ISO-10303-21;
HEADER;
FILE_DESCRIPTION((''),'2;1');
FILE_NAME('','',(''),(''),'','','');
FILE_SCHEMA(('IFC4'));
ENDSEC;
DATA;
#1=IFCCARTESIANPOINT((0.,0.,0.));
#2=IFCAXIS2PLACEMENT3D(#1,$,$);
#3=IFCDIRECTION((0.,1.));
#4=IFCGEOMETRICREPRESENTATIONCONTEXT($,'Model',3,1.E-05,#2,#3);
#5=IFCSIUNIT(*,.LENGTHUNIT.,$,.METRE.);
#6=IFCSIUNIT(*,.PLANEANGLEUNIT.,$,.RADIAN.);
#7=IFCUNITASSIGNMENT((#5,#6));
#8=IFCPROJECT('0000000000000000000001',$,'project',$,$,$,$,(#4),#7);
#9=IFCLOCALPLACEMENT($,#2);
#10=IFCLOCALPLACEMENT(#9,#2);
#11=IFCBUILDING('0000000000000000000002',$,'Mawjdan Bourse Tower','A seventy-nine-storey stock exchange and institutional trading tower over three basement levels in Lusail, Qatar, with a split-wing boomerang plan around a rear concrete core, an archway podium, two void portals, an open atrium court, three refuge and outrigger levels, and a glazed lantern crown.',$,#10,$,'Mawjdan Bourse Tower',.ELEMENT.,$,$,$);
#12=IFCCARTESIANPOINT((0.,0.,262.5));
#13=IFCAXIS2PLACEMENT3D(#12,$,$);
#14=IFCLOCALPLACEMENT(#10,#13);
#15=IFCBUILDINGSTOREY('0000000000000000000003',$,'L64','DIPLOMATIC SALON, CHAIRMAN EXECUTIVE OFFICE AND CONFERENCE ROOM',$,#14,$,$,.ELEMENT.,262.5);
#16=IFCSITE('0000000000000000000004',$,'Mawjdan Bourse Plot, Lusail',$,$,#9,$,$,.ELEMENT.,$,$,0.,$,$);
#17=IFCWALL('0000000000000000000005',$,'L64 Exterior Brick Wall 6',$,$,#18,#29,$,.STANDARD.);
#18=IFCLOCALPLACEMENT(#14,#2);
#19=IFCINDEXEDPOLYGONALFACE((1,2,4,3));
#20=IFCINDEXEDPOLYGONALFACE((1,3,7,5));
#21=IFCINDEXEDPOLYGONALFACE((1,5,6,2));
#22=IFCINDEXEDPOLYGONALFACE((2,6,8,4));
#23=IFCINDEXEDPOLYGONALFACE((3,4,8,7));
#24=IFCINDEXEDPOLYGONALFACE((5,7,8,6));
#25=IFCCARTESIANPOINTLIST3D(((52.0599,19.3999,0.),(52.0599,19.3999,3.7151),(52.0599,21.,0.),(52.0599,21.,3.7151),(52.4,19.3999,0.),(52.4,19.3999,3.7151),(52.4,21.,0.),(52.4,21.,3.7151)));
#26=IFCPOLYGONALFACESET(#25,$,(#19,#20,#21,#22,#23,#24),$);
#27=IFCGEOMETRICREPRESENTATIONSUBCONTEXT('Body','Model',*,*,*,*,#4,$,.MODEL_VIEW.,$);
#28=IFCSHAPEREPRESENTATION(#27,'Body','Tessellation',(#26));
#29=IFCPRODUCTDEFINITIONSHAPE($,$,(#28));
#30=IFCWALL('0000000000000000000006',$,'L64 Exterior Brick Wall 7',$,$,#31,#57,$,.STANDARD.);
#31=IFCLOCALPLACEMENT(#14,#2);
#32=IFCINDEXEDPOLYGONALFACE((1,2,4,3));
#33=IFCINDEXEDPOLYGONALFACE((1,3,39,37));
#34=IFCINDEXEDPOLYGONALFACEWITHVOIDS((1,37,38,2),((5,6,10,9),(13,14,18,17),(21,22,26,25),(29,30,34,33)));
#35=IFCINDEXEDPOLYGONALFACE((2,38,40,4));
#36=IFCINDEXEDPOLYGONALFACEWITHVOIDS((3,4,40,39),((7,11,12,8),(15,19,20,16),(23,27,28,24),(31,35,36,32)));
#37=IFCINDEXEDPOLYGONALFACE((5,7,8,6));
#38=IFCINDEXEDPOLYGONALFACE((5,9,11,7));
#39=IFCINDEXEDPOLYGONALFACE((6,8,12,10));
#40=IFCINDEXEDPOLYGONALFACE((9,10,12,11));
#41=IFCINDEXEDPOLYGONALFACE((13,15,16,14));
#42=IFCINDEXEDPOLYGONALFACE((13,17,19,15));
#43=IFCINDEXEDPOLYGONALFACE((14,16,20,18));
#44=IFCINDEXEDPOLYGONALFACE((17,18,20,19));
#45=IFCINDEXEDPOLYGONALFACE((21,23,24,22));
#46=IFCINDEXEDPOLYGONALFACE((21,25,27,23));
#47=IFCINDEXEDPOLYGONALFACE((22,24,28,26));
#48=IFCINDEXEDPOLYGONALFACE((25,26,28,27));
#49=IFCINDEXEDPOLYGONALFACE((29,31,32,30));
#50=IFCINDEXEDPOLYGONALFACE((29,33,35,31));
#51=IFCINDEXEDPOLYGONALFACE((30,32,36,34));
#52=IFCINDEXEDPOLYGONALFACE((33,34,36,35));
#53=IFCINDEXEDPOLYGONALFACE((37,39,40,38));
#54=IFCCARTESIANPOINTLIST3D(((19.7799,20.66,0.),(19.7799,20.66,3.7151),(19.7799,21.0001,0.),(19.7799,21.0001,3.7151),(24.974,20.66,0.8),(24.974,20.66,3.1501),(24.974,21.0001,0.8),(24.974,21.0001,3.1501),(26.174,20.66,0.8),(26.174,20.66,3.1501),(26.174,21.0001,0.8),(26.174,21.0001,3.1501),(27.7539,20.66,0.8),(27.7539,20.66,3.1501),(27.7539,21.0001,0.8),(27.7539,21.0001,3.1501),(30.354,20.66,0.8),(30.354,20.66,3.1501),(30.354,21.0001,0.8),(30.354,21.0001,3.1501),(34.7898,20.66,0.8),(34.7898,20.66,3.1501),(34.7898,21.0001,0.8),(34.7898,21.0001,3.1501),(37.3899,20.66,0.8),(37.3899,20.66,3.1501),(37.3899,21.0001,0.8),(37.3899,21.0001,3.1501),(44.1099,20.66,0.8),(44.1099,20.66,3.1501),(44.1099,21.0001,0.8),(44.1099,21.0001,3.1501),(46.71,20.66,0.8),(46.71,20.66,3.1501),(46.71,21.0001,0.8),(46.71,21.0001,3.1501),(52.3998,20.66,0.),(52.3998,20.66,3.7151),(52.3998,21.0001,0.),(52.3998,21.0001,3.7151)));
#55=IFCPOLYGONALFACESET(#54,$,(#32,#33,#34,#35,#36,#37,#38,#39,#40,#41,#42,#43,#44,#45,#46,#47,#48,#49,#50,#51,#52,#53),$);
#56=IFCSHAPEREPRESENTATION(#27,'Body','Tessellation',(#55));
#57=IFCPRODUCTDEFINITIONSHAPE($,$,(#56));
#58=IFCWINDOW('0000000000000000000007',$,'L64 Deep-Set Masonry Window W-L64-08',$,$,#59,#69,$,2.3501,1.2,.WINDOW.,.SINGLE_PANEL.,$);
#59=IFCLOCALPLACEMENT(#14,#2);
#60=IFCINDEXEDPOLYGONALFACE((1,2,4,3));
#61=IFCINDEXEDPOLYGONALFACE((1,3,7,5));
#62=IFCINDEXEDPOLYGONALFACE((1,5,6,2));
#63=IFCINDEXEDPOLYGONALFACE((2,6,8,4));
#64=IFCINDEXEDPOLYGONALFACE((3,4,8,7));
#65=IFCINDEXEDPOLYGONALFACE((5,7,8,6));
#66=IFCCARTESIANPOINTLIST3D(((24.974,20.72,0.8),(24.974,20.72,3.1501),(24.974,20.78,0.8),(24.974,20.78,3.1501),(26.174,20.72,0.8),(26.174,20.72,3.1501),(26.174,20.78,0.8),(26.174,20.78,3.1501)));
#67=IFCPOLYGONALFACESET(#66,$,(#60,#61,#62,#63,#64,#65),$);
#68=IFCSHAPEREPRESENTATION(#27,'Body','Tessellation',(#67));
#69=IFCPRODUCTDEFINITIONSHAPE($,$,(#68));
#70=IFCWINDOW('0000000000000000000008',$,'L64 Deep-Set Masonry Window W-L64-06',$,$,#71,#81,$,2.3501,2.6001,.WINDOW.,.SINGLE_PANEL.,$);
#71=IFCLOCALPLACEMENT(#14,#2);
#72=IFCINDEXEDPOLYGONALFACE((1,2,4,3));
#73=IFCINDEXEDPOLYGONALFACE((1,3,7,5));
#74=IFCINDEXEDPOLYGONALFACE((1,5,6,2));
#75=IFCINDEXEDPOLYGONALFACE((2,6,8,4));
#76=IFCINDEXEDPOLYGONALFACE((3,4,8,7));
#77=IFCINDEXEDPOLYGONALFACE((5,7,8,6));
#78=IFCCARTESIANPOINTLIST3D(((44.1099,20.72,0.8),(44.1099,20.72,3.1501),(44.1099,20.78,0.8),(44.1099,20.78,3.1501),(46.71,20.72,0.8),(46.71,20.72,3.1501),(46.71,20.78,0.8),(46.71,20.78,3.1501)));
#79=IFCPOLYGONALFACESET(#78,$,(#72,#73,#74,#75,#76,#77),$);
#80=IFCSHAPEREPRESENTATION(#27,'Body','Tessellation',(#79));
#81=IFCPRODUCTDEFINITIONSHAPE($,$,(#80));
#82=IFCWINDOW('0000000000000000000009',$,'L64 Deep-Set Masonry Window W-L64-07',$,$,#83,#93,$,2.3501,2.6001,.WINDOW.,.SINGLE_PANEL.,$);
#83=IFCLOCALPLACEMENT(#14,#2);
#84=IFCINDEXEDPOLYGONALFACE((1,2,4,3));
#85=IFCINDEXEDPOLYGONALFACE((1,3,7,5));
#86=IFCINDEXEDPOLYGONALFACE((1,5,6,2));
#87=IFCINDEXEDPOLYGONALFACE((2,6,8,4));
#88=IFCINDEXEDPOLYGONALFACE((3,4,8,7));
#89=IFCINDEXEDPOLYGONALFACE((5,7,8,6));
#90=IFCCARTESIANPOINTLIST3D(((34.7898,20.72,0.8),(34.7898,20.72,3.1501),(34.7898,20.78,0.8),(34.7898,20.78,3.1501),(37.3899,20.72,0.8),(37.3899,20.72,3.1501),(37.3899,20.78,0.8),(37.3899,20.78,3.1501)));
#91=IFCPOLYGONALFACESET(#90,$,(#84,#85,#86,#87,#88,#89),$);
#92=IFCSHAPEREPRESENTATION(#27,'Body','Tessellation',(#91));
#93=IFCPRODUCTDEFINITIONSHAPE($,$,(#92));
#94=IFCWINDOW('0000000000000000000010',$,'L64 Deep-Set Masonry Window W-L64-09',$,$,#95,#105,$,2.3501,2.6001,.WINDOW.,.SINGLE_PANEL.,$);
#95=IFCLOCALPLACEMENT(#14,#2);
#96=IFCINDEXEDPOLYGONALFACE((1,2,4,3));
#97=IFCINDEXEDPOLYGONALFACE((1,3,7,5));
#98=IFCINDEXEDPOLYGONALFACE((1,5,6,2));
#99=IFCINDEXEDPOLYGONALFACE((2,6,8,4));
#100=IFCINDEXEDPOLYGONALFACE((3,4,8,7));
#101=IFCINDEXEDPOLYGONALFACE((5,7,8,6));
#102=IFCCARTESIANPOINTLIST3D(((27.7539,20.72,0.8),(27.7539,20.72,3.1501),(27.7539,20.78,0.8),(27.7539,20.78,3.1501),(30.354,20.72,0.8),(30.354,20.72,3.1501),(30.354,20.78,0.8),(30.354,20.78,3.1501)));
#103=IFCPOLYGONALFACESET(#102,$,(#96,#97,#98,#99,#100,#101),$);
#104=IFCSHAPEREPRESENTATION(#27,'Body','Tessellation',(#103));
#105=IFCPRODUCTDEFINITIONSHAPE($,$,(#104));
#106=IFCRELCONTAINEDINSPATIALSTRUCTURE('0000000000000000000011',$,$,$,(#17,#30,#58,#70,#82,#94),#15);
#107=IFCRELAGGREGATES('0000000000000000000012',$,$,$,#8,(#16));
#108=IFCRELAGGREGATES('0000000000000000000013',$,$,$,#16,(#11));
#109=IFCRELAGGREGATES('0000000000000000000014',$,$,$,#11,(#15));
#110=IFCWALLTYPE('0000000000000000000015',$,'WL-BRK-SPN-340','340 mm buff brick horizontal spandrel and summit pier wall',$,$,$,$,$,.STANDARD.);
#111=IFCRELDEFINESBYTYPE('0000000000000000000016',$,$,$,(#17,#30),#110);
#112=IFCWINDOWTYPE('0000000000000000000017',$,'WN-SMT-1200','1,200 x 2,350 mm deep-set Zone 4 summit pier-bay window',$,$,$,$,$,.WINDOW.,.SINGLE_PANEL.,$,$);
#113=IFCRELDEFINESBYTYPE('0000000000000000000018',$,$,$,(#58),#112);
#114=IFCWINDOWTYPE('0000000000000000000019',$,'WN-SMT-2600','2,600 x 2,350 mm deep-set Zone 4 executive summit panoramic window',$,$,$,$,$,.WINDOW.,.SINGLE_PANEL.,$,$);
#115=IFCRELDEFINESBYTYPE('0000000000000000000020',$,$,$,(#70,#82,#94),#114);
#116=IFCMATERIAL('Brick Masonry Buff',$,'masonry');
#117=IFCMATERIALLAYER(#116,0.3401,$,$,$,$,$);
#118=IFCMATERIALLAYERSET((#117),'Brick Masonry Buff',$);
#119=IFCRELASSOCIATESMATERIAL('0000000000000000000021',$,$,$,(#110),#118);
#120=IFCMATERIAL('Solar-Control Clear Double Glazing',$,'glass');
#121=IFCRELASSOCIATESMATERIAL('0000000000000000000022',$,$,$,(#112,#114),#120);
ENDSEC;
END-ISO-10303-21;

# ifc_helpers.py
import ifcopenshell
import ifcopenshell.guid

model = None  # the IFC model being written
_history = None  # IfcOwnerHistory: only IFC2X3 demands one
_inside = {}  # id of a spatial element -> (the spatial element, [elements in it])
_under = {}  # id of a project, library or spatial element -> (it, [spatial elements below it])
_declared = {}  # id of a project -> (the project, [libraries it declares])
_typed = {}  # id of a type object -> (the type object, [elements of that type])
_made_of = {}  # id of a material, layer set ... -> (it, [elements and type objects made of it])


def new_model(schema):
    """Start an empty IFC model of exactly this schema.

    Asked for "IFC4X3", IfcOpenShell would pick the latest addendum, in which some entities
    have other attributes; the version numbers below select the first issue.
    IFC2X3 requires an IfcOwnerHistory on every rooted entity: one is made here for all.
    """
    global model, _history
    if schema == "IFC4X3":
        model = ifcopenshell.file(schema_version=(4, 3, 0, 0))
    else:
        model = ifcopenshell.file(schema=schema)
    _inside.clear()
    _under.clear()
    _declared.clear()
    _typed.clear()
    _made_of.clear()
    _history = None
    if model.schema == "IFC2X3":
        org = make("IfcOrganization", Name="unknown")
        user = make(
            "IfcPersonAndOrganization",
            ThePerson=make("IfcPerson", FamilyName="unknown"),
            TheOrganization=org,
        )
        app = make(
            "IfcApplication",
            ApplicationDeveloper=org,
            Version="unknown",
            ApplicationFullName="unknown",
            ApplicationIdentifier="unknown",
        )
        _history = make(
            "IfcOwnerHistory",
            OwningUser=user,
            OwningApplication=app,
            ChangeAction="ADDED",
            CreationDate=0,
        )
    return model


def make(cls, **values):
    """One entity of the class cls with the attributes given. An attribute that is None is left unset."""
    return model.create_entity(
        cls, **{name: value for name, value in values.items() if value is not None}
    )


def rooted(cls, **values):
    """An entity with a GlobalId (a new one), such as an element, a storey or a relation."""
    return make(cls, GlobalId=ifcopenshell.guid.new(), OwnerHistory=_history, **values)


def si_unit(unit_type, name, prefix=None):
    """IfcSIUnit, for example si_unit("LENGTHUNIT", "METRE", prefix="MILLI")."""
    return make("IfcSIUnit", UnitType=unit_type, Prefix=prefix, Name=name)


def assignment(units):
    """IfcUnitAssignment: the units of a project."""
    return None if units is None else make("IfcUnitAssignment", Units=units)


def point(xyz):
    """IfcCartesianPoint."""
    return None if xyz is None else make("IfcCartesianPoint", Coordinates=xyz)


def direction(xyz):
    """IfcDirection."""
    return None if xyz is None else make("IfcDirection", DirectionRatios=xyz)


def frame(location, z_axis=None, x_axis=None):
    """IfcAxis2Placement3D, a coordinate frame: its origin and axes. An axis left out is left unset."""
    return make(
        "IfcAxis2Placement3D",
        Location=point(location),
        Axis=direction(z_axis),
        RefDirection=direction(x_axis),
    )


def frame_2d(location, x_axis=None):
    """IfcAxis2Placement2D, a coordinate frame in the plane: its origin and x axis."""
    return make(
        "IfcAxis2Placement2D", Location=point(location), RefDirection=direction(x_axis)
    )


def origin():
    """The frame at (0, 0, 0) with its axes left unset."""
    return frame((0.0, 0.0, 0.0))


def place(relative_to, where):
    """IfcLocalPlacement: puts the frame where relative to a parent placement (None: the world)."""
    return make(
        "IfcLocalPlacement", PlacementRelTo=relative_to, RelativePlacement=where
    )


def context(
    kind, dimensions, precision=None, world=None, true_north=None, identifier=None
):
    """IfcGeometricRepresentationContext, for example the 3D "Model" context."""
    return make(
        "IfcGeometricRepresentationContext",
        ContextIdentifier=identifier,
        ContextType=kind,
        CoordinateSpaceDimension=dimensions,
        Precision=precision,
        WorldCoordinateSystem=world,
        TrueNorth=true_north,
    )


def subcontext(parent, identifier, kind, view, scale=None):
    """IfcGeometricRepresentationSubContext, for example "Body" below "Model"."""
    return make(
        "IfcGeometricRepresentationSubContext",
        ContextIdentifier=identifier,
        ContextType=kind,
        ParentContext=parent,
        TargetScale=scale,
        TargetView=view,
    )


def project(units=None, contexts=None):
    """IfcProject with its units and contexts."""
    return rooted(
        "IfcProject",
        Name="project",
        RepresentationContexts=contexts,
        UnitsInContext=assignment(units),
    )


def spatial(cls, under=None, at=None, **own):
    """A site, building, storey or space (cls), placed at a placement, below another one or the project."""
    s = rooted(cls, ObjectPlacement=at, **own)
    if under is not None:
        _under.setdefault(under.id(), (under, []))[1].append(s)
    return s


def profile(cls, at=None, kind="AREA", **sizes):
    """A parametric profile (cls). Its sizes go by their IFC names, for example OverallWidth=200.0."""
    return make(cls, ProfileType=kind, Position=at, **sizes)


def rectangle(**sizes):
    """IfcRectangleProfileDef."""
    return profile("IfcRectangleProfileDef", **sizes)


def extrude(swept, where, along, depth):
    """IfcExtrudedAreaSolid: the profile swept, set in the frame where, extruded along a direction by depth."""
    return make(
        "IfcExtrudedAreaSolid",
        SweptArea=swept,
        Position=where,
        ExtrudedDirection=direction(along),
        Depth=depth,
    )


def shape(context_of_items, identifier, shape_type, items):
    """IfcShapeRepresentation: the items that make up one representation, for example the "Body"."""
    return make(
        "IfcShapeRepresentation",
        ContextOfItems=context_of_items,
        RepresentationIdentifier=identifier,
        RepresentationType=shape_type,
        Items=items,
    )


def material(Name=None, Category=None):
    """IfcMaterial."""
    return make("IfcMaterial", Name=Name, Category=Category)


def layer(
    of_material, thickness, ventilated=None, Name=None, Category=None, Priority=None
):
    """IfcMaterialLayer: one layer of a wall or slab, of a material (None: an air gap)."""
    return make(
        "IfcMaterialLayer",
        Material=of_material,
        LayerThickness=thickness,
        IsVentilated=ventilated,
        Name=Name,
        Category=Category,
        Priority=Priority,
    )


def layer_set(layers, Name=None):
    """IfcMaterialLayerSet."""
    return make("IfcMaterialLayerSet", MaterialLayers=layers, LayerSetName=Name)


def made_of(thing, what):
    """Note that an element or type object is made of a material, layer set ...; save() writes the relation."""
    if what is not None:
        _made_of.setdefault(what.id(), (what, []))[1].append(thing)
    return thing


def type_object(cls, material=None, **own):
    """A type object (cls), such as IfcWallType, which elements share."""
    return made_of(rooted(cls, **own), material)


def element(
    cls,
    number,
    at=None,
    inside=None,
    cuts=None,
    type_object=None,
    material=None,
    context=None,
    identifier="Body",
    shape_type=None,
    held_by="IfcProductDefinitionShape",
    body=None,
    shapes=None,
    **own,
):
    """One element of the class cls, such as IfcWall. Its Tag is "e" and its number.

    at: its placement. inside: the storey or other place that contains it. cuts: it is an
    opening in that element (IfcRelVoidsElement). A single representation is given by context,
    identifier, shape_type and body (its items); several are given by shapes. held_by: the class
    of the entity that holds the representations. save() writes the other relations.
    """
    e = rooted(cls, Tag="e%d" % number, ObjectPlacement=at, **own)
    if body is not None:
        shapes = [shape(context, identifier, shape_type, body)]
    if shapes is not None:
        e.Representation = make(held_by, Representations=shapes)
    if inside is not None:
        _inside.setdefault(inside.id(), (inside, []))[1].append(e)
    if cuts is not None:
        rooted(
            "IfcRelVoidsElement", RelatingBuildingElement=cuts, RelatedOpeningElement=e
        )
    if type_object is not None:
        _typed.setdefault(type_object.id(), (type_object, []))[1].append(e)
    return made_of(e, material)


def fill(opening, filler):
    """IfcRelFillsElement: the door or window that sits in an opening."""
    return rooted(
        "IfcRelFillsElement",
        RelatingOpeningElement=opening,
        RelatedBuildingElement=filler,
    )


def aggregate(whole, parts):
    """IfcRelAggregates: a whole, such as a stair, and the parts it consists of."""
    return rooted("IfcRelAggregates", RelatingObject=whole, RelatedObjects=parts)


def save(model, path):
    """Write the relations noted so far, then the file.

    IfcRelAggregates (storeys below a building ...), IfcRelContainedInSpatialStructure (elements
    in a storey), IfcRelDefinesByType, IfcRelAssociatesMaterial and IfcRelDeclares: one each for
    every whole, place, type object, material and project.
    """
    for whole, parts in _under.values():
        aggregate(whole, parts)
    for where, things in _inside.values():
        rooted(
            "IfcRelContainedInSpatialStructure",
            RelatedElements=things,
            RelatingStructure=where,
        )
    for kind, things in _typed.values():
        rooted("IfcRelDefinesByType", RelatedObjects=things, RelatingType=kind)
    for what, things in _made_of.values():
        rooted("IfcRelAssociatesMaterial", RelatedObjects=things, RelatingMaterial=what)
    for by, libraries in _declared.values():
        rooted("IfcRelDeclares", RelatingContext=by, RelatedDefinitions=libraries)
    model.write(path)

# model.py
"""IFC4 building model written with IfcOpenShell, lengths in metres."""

from ifc_helpers import new_model, si_unit, direction, frame, frame_2d, origin, place, context, subcontext, project, spatial, rectangle, extrude, material, layer, layer_set, type_object, element, fill, save


model = new_model("IFC4")

# Units and contexts
model_context = context("Model", 3, precision=1e-05, world=origin(), true_north=direction((0.0, 1.0)))
body_context = subcontext(model_context, "Body", "Model", "MODEL_VIEW")
ifc_project = project(units=[si_unit("LENGTHUNIT", "METRE"), si_unit("PLANEANGLEUNIT", "RADIAN")], contexts=[model_context])

# Site, building, storey
site_placement = place(None, origin())
site = spatial("IfcSite", under=ifc_project, at=site_placement, Name="Mawjdan Bourse Plot, Lusail", CompositionType="ELEMENT", RefElevation=0.0)
building_placement = place(site_placement, origin())
building = spatial("IfcBuilding", under=site, at=building_placement, Name="Mawjdan Bourse Tower", Description="A seventy-nine-storey stock exchange and institutional trading tower over three basement levels in Lusail, Qatar, with a split-wing boomerang plan around a rear concrete core, an archway podium, two void portals, an open atrium court, three refuge and outrigger levels, and a glazed lantern crown.", LongName="Mawjdan Bourse Tower", CompositionType="ELEMENT")
storey_placement = place(building_placement, frame((0.0, 0.0, 262.5)))
storey = spatial("IfcBuildingStorey", under=building, at=storey_placement, Name="L64", Description="DIPLOMATIC SALON, CHAIRMAN EXECUTIVE OFFICE AND CONFERENCE ROOM", CompositionType="ELEMENT", Elevation=262.5)

# Shared definitions
ifc_material_1 = material(Name="Brick Masonry Buff", Category="masonry")
ifc_layer = layer(ifc_material_1, 0.3401)
ifc_layer_set = layer_set([ifc_layer], Name="Brick Masonry Buff")
wall_type = type_object("IfcWallType", Name="WL-BRK-SPN-340", Description="340 mm buff brick horizontal spandrel and summit pier wall", PredefinedType="STANDARD", material=ifc_layer_set)

# Shared definitions
ifc_material_2 = material(Name="Solar-Control Clear Double Glazing", Category="glass")

# Wall
for number, where, z_axis, x_axis, name in (
    (1, (52.23, 19.3999, 0.0), (0.0, 0.0, 1.0), (0.0, 1.0, 0.0), "L64 Exterior Brick Wall 6"),
):
    element("IfcWall", number, at=place(storey_placement, frame(where, z_axis=z_axis, x_axis=x_axis)), inside=storey, type_object=wall_type, Name=name, PredefinedType="STANDARD", context=body_context, shape_type="SweptSolid", body=[
        extrude(rectangle(XDim=1.6001, YDim=0.3401, at=frame_2d((0.8, 0.0))), origin(), (0.0, 0.0, 1.0), 3.7151),
    ])

# Wall, openings, windows
wall_1_placement = place(storey_placement, frame((52.3999, 20.8301, 0.0), z_axis=(0.0, 0.0, 1.0), x_axis=(-1.0, 0.0, 0.0)))
wall_1 = element("IfcWall", 2, at=wall_1_placement, inside=storey, type_object=wall_type, Name="L64 Exterior Brick Wall 7", PredefinedType="STANDARD", context=body_context, shape_type="SweptSolid", body=[
    extrude(rectangle(XDim=32.6199, YDim=0.3401, at=frame_2d((16.3101, 0.0))), origin(), (0.0, 0.0, 1.0), 3.7151),
])
opening_1_placement = place(wall_1_placement, frame((5.6899, 0.0, 0.8)))
opening_1 = element("IfcOpeningElement", 3, at=opening_1_placement, cuts=wall_1, PredefinedType="OPENING", context=body_context, shape_type="SweptSolid", body=[
    extrude(rectangle(XDim=2.6001, YDim=2.3501, at=frame_2d((1.3, 1.175))), frame((0.0, 0.1802, 0.0), z_axis=(0.0, -1.0, 0.0), x_axis=(1.0, 0.0, 0.0)), (0.0, 0.0, 1.0), 0.3601),
])
opening_2_placement = place(wall_1_placement, frame((15.01, 0.0, 0.8)))
opening_2 = element("IfcOpeningElement", 4, at=opening_2_placement, cuts=wall_1, PredefinedType="OPENING", context=body_context, shape_type="SweptSolid", body=[
    extrude(rectangle(XDim=2.6001, YDim=2.3501, at=frame_2d((1.3, 1.175))), frame((0.0, 0.1802, 0.0), z_axis=(0.0, -1.0, 0.0), x_axis=(1.0, 0.0, 0.0)), (0.0, 0.0, 1.0), 0.3601),
])
opening_3_placement = place(wall_1_placement, frame((26.2258, 0.0, 0.8)))
opening_3 = element("IfcOpeningElement", 5, at=opening_3_placement, cuts=wall_1, PredefinedType="OPENING", context=body_context, shape_type="SweptSolid", body=[
    extrude(rectangle(XDim=1.2, YDim=2.3501, at=frame_2d((0.6001, 1.175))), frame((0.0, 0.1802, 0.0), z_axis=(0.0, -1.0, 0.0), x_axis=(1.0, 0.0, 0.0)), (0.0, 0.0, 1.0), 0.3601),
])
opening_4_placement = place(wall_1_placement, frame((22.0459, 0.0, 0.8)))
opening_4 = element("IfcOpeningElement", 6, at=opening_4_placement, cuts=wall_1, PredefinedType="OPENING", context=body_context, shape_type="SweptSolid", body=[
    extrude(rectangle(XDim=2.6001, YDim=2.3501, at=frame_2d((1.3, 1.175))), frame((0.0, 0.1802, 0.0), z_axis=(0.0, -1.0, 0.0), x_axis=(1.0, 0.0, 0.0)), (0.0, 0.0, 1.0), 0.3601),
])
window_type_1 = type_object("IfcWindowType", Name="WN-SMT-1200", Description="1,200 x 2,350 mm deep-set Zone 4 summit pier-bay window", PartitioningType="SINGLE_PANEL", PredefinedType="WINDOW", material=ifc_material_2)
window_1_placement = place(opening_3_placement, origin())
window_1 = element("IfcWindow", 7, at=window_1_placement, inside=storey, type_object=window_type_1, Name="L64 Deep-Set Masonry Window W-L64-08", OverallHeight=2.3501, OverallWidth=1.2, PartitioningType="SINGLE_PANEL", PredefinedType="WINDOW", context=body_context, shape_type="SweptSolid", body=[
    extrude(rectangle(XDim=1.2, YDim=2.3501, at=frame_2d((0.6001, 1.175))), frame((0.0, 0.1101, 0.0), z_axis=(0.0, -1.0, 0.0), x_axis=(1.0, 0.0, 0.0)), (0.0, 0.0, 1.0), 0.0601),
])
fill(opening_3, window_1)
window_type_2 = type_object("IfcWindowType", Name="WN-SMT-2600", Description="2,600 x 2,350 mm deep-set Zone 4 executive summit panoramic window", PartitioningType="SINGLE_PANEL", PredefinedType="WINDOW", material=ifc_material_2)
window_2_placement = place(opening_1_placement, origin())
window_2 = element("IfcWindow", 8, at=window_2_placement, inside=storey, type_object=window_type_2, Name="L64 Deep-Set Masonry Window W-L64-06", OverallHeight=2.3501, OverallWidth=2.6001, PartitioningType="SINGLE_PANEL", PredefinedType="WINDOW", context=body_context, shape_type="SweptSolid", body=[
    extrude(rectangle(XDim=2.6001, YDim=2.3501, at=frame_2d((1.3, 1.175))), frame((0.0, 0.1101, 0.0), z_axis=(0.0, -1.0, 0.0), x_axis=(1.0, 0.0, 0.0)), (0.0, 0.0, 1.0), 0.0601),
])
fill(opening_1, window_2)
window_3_placement = place(opening_2_placement, origin())
window_3 = element("IfcWindow", 9, at=window_3_placement, inside=storey, type_object=window_type_2, Name="L64 Deep-Set Masonry Window W-L64-07", OverallHeight=2.3501, OverallWidth=2.6001, PartitioningType="SINGLE_PANEL", PredefinedType="WINDOW", context=body_context, shape_type="SweptSolid", body=[
    extrude(rectangle(XDim=2.6001, YDim=2.3501, at=frame_2d((1.3, 1.175))), frame((0.0, 0.1101, 0.0), z_axis=(0.0, -1.0, 0.0), x_axis=(1.0, 0.0, 0.0)), (0.0, 0.0, 1.0), 0.0601),
])
fill(opening_2, window_3)
window_4_placement = place(opening_4_placement, origin())
window_4 = element("IfcWindow", 10, at=window_4_placement, inside=storey, type_object=window_type_2, Name="L64 Deep-Set Masonry Window W-L64-09", OverallHeight=2.3501, OverallWidth=2.6001, PartitioningType="SINGLE_PANEL", PredefinedType="WINDOW", context=body_context, shape_type="SweptSolid", body=[
    extrude(rectangle(XDim=2.6001, YDim=2.3501, at=frame_2d((1.3, 1.175))), frame((0.0, 0.1101, 0.0), z_axis=(0.0, -1.0, 0.0), x_axis=(1.0, 0.0, 0.0)), (0.0, 0.0, 1.0), 0.0601),
])
fill(opening_4, window_4)

save(model, "model.ifc")
